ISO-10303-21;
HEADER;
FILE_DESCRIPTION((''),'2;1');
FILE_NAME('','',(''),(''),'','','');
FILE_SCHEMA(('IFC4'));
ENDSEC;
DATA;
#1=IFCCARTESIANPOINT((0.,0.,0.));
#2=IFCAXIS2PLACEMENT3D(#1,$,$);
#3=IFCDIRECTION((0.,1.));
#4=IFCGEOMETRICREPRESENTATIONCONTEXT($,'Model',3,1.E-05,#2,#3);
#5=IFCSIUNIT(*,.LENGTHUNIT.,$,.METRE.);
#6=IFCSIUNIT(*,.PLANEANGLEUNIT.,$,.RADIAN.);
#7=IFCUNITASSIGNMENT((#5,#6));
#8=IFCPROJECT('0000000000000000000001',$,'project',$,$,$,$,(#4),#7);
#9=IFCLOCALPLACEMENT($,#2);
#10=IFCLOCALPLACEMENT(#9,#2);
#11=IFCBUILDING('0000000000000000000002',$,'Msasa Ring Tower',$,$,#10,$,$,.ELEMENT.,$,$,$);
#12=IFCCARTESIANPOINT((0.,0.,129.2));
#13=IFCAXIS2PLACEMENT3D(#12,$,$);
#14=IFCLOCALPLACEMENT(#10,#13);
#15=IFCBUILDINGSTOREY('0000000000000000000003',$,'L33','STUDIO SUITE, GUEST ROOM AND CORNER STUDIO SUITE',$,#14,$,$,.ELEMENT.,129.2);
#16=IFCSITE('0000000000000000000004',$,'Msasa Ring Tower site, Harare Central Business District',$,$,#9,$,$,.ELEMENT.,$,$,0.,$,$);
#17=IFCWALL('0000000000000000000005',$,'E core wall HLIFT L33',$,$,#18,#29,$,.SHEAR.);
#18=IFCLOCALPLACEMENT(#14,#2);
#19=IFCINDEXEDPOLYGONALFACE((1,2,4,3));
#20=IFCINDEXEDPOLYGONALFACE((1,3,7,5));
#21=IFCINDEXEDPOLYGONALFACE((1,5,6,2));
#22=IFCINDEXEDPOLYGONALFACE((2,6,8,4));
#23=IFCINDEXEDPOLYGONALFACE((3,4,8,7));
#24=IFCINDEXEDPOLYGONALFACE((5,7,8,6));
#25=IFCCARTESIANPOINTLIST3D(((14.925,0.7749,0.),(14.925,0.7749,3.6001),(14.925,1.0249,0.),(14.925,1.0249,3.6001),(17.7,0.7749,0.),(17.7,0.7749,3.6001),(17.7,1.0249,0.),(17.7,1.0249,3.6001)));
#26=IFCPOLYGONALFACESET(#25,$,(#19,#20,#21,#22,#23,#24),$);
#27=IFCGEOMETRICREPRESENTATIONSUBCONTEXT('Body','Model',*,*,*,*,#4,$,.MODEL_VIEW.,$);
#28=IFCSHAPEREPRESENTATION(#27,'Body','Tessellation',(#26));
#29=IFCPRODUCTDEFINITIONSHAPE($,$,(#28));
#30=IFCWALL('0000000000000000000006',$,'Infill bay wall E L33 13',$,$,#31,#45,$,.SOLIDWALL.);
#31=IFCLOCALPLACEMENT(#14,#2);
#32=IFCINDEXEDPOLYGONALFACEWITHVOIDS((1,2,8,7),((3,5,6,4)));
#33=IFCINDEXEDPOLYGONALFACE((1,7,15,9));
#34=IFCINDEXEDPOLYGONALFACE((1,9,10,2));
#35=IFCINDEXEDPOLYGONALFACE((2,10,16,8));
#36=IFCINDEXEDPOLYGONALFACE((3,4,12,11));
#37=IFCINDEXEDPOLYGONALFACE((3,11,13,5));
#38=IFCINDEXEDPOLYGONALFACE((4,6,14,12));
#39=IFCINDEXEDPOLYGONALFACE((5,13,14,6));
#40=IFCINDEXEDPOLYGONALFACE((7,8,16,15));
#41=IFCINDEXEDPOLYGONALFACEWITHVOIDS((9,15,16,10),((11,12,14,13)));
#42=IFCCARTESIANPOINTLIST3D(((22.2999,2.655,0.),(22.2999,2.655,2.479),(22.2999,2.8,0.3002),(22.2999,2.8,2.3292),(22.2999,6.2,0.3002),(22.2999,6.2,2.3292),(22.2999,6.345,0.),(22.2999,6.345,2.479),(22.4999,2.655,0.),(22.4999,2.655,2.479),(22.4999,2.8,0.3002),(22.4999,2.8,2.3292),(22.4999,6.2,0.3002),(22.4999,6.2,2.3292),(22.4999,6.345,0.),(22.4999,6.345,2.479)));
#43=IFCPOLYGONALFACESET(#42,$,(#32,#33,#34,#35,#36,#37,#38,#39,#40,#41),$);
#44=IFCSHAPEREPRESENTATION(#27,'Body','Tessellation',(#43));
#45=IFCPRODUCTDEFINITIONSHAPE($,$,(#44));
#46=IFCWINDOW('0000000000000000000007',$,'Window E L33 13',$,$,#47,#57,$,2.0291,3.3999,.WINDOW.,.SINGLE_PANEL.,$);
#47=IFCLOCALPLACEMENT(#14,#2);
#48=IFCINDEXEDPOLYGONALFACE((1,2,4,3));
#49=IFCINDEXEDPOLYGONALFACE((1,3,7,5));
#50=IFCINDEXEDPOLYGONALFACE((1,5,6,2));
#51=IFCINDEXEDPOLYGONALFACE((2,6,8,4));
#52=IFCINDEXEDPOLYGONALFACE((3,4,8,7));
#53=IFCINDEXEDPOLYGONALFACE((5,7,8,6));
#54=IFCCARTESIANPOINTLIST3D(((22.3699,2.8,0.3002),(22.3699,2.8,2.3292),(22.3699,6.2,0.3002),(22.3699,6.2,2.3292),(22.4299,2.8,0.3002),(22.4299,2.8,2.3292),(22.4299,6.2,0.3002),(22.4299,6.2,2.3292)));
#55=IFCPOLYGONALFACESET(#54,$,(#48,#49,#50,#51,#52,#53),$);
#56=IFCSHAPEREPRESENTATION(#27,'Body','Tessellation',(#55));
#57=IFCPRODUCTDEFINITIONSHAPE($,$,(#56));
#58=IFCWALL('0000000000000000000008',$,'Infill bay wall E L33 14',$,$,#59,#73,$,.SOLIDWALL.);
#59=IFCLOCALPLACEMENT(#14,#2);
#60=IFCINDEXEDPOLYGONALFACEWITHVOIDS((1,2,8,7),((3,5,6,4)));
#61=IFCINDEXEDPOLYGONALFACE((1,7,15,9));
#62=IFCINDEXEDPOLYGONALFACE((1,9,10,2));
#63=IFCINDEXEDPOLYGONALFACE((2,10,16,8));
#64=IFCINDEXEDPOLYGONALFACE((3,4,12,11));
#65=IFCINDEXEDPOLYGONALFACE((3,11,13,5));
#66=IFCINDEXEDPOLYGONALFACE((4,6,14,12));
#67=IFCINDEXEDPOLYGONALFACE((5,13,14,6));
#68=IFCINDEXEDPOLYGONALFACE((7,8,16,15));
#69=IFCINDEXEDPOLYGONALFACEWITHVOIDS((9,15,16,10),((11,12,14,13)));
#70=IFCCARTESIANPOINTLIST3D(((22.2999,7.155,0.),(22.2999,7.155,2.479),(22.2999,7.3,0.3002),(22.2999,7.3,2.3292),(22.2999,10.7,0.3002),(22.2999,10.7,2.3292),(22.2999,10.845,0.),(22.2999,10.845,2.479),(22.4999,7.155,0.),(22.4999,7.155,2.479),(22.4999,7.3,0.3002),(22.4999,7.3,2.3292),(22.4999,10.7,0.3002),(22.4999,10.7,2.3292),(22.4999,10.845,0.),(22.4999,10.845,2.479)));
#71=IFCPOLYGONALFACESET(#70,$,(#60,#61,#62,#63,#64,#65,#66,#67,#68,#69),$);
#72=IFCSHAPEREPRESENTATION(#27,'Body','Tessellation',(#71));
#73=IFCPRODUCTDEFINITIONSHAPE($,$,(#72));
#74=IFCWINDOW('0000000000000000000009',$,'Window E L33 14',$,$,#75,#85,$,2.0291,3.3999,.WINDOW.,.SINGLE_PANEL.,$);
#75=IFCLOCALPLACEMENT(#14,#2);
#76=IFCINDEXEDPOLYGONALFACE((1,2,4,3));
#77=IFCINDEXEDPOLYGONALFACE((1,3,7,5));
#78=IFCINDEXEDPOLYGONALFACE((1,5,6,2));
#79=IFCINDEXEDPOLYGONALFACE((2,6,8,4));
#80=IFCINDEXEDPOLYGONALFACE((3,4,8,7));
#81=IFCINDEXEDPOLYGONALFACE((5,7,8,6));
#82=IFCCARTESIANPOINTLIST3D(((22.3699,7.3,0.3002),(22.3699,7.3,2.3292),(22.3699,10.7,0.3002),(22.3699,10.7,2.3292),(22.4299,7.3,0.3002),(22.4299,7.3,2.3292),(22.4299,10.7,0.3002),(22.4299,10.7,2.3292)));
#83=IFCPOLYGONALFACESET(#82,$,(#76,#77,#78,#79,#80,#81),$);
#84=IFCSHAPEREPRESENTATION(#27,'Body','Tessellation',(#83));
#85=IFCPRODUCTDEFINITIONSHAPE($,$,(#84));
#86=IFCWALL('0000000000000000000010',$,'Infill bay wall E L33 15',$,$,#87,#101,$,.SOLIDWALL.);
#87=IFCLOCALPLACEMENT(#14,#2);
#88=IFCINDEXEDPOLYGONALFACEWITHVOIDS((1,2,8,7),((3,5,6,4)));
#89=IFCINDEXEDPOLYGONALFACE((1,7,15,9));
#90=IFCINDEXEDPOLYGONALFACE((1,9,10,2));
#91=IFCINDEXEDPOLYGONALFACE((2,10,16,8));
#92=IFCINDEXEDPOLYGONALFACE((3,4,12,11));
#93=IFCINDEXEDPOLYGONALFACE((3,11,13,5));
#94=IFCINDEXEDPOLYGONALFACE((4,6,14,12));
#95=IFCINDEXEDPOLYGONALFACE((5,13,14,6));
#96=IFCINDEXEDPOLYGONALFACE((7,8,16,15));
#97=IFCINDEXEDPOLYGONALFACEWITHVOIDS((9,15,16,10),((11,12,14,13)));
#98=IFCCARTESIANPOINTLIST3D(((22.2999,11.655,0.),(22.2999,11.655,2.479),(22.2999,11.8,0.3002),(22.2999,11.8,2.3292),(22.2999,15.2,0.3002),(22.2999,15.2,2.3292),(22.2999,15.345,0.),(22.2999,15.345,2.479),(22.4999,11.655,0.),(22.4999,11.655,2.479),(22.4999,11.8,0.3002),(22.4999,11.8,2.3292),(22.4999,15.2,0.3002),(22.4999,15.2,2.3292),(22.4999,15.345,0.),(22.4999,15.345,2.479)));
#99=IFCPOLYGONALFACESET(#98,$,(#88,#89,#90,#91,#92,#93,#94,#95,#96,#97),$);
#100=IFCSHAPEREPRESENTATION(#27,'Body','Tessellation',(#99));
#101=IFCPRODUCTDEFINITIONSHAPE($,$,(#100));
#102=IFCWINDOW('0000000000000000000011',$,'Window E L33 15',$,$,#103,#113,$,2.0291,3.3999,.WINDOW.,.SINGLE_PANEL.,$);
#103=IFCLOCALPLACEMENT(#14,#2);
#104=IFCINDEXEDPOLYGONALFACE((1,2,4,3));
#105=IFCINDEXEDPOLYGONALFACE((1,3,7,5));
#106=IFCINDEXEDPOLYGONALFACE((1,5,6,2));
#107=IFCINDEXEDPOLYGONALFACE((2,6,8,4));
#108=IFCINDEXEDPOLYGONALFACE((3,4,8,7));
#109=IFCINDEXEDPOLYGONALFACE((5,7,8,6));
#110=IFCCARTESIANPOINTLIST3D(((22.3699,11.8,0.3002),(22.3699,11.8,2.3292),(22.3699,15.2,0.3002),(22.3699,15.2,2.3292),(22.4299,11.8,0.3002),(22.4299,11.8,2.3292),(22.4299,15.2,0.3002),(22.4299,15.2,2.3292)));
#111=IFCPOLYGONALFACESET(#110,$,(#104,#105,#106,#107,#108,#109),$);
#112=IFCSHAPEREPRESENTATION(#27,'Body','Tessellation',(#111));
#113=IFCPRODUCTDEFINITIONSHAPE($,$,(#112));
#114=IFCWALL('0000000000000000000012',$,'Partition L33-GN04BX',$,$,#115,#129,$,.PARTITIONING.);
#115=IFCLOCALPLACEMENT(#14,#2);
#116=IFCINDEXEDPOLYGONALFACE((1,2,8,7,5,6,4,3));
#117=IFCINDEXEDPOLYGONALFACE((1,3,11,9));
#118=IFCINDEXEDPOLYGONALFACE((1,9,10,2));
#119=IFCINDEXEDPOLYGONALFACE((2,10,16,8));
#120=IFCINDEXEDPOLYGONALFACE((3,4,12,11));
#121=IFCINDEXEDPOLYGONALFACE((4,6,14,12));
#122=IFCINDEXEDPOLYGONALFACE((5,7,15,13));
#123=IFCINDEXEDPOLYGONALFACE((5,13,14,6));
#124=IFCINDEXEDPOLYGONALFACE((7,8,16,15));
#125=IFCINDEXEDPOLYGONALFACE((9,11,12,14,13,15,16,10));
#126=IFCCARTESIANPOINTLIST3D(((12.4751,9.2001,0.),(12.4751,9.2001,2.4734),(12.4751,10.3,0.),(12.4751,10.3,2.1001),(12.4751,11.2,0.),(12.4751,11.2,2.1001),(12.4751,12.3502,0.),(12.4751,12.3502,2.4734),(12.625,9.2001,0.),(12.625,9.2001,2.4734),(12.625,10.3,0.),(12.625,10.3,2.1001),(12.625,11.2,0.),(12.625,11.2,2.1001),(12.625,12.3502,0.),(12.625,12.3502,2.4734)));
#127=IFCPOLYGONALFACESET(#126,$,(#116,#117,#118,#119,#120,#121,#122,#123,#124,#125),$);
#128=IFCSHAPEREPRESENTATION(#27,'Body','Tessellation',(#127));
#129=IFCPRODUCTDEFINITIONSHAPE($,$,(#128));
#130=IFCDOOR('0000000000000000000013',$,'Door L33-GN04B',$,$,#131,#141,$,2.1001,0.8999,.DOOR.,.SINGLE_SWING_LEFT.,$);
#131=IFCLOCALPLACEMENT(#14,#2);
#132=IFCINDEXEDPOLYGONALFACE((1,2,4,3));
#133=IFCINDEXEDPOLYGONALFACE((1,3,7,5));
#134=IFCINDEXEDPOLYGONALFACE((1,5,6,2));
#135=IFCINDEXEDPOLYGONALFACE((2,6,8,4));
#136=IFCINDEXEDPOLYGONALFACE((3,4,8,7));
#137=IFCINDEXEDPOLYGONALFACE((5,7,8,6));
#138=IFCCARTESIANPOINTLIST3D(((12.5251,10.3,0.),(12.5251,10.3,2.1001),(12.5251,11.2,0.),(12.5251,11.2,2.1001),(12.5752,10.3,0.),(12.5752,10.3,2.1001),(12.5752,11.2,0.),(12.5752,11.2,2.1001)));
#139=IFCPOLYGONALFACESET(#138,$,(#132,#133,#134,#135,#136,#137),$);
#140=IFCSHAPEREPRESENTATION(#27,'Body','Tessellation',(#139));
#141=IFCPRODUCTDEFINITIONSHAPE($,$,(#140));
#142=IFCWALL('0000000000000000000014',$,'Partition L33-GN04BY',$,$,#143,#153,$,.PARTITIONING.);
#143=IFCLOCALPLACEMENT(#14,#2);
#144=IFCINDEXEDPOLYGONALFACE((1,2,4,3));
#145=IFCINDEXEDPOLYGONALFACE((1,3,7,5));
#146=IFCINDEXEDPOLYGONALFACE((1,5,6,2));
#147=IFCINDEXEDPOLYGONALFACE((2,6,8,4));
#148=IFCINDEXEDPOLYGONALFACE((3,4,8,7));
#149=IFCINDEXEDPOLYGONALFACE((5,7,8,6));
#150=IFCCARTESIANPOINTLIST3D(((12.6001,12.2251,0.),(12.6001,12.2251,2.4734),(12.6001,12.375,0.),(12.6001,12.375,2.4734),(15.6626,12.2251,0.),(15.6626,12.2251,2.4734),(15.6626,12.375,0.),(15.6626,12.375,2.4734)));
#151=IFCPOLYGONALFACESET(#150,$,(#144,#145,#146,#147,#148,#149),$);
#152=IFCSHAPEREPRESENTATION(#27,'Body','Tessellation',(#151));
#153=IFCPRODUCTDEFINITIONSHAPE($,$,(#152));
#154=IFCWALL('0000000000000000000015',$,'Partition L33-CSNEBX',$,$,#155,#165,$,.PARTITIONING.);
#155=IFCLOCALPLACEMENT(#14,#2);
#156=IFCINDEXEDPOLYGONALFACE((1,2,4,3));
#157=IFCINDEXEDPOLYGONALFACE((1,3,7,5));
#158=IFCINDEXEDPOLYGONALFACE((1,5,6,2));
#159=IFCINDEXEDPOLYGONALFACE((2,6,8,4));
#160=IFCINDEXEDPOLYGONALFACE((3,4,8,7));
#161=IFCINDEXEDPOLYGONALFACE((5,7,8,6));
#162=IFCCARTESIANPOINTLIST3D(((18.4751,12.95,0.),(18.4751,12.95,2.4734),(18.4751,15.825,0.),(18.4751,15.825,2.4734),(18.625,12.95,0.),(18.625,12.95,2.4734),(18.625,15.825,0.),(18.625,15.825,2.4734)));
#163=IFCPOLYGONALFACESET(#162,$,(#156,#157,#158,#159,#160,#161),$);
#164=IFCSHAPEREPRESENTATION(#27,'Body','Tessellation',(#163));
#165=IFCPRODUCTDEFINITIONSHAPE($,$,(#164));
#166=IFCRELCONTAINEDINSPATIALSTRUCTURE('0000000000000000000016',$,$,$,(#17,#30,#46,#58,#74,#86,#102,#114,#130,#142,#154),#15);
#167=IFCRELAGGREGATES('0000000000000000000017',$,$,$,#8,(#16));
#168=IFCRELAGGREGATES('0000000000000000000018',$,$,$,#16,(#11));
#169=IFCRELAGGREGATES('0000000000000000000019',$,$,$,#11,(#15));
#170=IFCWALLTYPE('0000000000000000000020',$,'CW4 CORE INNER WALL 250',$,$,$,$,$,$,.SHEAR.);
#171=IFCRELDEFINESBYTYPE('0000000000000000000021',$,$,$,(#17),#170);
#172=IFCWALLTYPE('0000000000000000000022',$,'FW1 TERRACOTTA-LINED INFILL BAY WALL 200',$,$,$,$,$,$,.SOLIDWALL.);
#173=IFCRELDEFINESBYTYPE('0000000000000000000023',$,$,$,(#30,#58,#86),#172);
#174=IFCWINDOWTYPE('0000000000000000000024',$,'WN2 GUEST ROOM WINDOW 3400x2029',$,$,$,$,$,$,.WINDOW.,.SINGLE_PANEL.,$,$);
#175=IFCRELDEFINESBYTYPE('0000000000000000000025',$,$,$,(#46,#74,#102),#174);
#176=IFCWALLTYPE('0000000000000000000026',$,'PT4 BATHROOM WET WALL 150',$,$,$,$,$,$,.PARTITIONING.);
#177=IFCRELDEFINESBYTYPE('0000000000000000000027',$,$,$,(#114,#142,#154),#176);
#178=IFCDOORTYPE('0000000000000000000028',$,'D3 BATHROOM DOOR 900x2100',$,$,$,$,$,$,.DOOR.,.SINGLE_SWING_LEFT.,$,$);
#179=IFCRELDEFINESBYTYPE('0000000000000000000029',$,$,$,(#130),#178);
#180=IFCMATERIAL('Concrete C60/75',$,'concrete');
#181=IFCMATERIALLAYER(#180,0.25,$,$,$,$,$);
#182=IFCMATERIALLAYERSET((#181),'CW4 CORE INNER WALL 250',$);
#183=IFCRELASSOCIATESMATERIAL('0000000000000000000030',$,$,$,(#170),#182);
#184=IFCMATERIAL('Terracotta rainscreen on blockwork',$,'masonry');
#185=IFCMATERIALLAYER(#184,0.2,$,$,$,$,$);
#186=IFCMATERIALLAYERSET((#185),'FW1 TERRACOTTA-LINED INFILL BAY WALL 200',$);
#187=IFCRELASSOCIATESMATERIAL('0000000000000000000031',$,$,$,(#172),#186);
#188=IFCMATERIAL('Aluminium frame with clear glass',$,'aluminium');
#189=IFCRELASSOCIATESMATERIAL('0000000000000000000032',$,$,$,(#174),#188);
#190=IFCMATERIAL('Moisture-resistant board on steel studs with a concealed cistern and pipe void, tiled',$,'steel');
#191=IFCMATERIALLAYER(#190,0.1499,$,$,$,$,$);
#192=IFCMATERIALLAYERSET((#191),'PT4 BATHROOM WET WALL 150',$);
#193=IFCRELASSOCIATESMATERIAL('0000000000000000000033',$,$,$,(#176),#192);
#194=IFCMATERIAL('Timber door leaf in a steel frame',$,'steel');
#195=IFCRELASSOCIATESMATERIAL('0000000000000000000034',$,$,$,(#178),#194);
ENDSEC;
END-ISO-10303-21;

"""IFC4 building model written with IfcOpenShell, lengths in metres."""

from ifc_helpers import new_model, si_unit, direction, frame, frame_2d, origin, place, context, subcontext, project, spatial, rectangle, extrude, material, layer, layer_set, type_object, element, fill, save


model = new_model("IFC4")

# Units and contexts
model_context = context("Model", 3, precision=1e-05, world=origin(), true_north=direction((0.0, 1.0)))
body_context = subcontext(model_context, "Body", "Model", "MODEL_VIEW")
ifc_project = project(units=[si_unit("LENGTHUNIT", "METRE"), si_unit("PLANEANGLEUNIT", "RADIAN")], contexts=[model_context])

# Site, building, storey
site_placement = place(None, origin())
site = spatial("IfcSite", under=ifc_project, at=site_placement, Name="Msasa Ring Tower site, Harare Central Business District", CompositionType="ELEMENT", RefElevation=0.0)
building_placement = place(site_placement, origin())
building = spatial("IfcBuilding", under=site, at=building_placement, Name="Msasa Ring Tower", CompositionType="ELEMENT")
storey_placement = place(building_placement, frame((0.0, 0.0, 129.2)))
storey = spatial("IfcBuildingStorey", under=building, at=storey_placement, Name="L33", Description="STUDIO SUITE, GUEST ROOM AND CORNER STUDIO SUITE", CompositionType="ELEMENT", Elevation=129.2)

# Wall
ifc_material_1 = material(Name="Concrete C60/75", Category="concrete")
ifc_layer_1 = layer(ifc_material_1, 0.25)
ifc_layer_set_1 = layer_set([ifc_layer_1], Name="CW4 CORE INNER WALL 250")
wall_type_1 = type_object("IfcWallType", Name="CW4 CORE INNER WALL 250", PredefinedType="SHEAR", material=ifc_layer_set_1)
wall_1_placement = place(storey_placement, frame((14.925, 0.8999, 0.0), z_axis=(0.0, 0.0, 1.0), x_axis=(1.0, 0.0, 0.0)))
element("IfcWall", 1, at=wall_1_placement, inside=storey, type_object=wall_type_1, Name="E core wall HLIFT L33", PredefinedType="SHEAR", context=body_context, shape_type="SweptSolid", body=[
    extrude(rectangle(XDim=2.7749, YDim=0.25, at=frame_2d((1.3875, 0.0))), origin(), (0.0, 0.0, 1.0), 3.6001),
])

# Walls, openings, windows
ifc_material_2 = material(Name="Terracotta rainscreen on blockwork", Category="masonry")
ifc_layer_2 = layer(ifc_material_2, 0.2)
ifc_layer_set_2 = layer_set([ifc_layer_2], Name="FW1 TERRACOTTA-LINED INFILL BAY WALL 200")
wall_type_2 = type_object("IfcWallType", Name="FW1 TERRACOTTA-LINED INFILL BAY WALL 200", PredefinedType="SOLIDWALL", material=ifc_layer_set_2)
wall_2_placement = place(storey_placement, frame((22.3999, 2.655, 0.0), z_axis=(0.0, 0.0, 1.0), x_axis=(0.0, 1.0, 0.0)))
wall_2 = element("IfcWall", 2, at=wall_2_placement, inside=storey, type_object=wall_type_2, Name="Infill bay wall E L33 13", PredefinedType="SOLIDWALL", context=body_context, shape_type="SweptSolid", body=[
    extrude(rectangle(XDim=3.6899, YDim=0.2, at=frame_2d((1.845, 0.0))), origin(), (0.0, 0.0, 1.0), 2.479),
])
opening_1_placement = place(wall_2_placement, frame((0.145, 0.0, 0.3)))
opening_1 = element("IfcOpeningElement", 3, at=opening_1_placement, cuts=wall_2, PredefinedType="OPENING", context=body_context, shape_type="SweptSolid", body=[
    extrude(rectangle(XDim=3.3999, YDim=2.0291, at=frame_2d((1.7, 1.0146))), frame((0.0, 0.1099, 0.0), z_axis=(0.0, -1.0, 0.0), x_axis=(1.0, 0.0, 0.0)), (0.0, 0.0, 1.0), 0.22),
])
ifc_material_3 = material(Name="Aluminium frame with clear glass", Category="aluminium")
window_type = type_object("IfcWindowType", Name="WN2 GUEST ROOM WINDOW 3400x2029", PartitioningType="SINGLE_PANEL", PredefinedType="WINDOW", material=ifc_material_3)
window_1_placement = place(opening_1_placement, origin())
window_1 = element("IfcWindow", 4, at=window_1_placement, inside=storey, type_object=window_type, Name="Window E L33 13", OverallHeight=2.0291, OverallWidth=3.3999, PartitioningType="SINGLE_PANEL", PredefinedType="WINDOW", context=body_context, shape_type="SweptSolid", body=[
    extrude(rectangle(XDim=3.3999, YDim=2.0291, at=frame_2d((1.7, 1.0146))), frame((0.0, 0.03, 0.0), z_axis=(0.0, -1.0, 0.0), x_axis=(1.0, 0.0, 0.0)), (0.0, 0.0, 1.0), 0.0601),
])
fill(opening_1, window_1)
wall_3_placement = place(storey_placement, frame((22.3999, 7.155, 0.0), z_axis=(0.0, 0.0, 1.0), x_axis=(0.0, 1.0, 0.0)))
wall_3 = element("IfcWall", 5, at=wall_3_placement, inside=storey, type_object=wall_type_2, Name="Infill bay wall E L33 14", PredefinedType="SOLIDWALL", context=body_context, shape_type="SweptSolid", body=[
    extrude(rectangle(XDim=3.6899, YDim=0.2, at=frame_2d((1.845, 0.0))), origin(), (0.0, 0.0, 1.0), 2.479),
])
opening_2_placement = place(wall_3_placement, frame((0.145, 0.0, 0.3)))
opening_2 = element("IfcOpeningElement", 6, at=opening_2_placement, cuts=wall_3, PredefinedType="OPENING", context=body_context, shape_type="SweptSolid", body=[
    extrude(rectangle(XDim=3.3999, YDim=2.0291, at=frame_2d((1.7, 1.0146))), frame((0.0, 0.1099, 0.0), z_axis=(0.0, -1.0, 0.0), x_axis=(1.0, 0.0, 0.0)), (0.0, 0.0, 1.0), 0.22),
])
window_2_placement = place(opening_2_placement, origin())
window_2 = element("IfcWindow", 7, at=window_2_placement, inside=storey, type_object=window_type, Name="Window E L33 14", OverallHeight=2.0291, OverallWidth=3.3999, PartitioningType="SINGLE_PANEL", PredefinedType="WINDOW", context=body_context, shape_type="SweptSolid", body=[
    extrude(rectangle(XDim=3.3999, YDim=2.0291, at=frame_2d((1.7, 1.0146))), frame((0.0, 0.03, 0.0), z_axis=(0.0, -1.0, 0.0), x_axis=(1.0, 0.0, 0.0)), (0.0, 0.0, 1.0), 0.0601),
])
fill(opening_2, window_2)
wall_4_placement = place(storey_placement, frame((22.3999, 11.655, 0.0), z_axis=(0.0, 0.0, 1.0), x_axis=(0.0, 1.0, 0.0)))
wall_4 = element("IfcWall", 8, at=wall_4_placement, inside=storey, type_object=wall_type_2, Name="Infill bay wall E L33 15", PredefinedType="SOLIDWALL", context=body_context, shape_type="SweptSolid", body=[
    extrude(rectangle(XDim=3.6899, YDim=0.2, at=frame_2d((1.845, 0.0))), origin(), (0.0, 0.0, 1.0), 2.479),
])
opening_3_placement = place(wall_4_placement, frame((0.145, 0.0, 0.3)))
opening_3 = element("IfcOpeningElement", 9, at=opening_3_placement, cuts=wall_4, PredefinedType="OPENING", context=body_context, shape_type="SweptSolid", body=[
    extrude(rectangle(XDim=3.3999, YDim=2.0291, at=frame_2d((1.7, 1.0146))), frame((0.0, 0.1099, 0.0), z_axis=(0.0, -1.0, 0.0), x_axis=(1.0, 0.0, 0.0)), (0.0, 0.0, 1.0), 0.22),
])
window_3_placement = place(opening_3_placement, origin())
window_3 = element("IfcWindow", 10, at=window_3_placement, inside=storey, type_object=window_type, Name="Window E L33 15", OverallHeight=2.0291, OverallWidth=3.3999, PartitioningType="SINGLE_PANEL", PredefinedType="WINDOW", context=body_context, shape_type="SweptSolid", body=[
    extrude(rectangle(XDim=3.3999, YDim=2.0291, at=frame_2d((1.7, 1.0146))), frame((0.0, 0.03, 0.0), z_axis=(0.0, -1.0, 0.0), x_axis=(1.0, 0.0, 0.0)), (0.0, 0.0, 1.0), 0.0601),
])
fill(opening_3, window_3)

# Wall, opening, door
ifc_material_4 = material(Name="Moisture-resistant board on steel studs with a concealed cistern and pipe void, tiled", Category="steel")
ifc_layer_3 = layer(ifc_material_4, 0.1499)
ifc_layer_set_3 = layer_set([ifc_layer_3], Name="PT4 BATHROOM WET WALL 150")
wall_type_3 = type_object("IfcWallType", Name="PT4 BATHROOM WET WALL 150", PredefinedType="PARTITIONING", material=ifc_layer_set_3)
wall_5_placement = place(storey_placement, frame((12.55, 9.2, 0.0), z_axis=(0.0, 0.0, 1.0), x_axis=(0.0, 1.0, 0.0)))
wall_5 = element("IfcWall", 11, at=wall_5_placement, inside=storey, type_object=wall_type_3, Name="Partition L33-GN04BX", PredefinedType="PARTITIONING", context=body_context, shape_type="SweptSolid", body=[
    extrude(rectangle(XDim=3.1501, YDim=0.1499, at=frame_2d((1.5752, 0.0))), origin(), (0.0, 0.0, 1.0), 2.4734),
])
opening_4_placement = place(wall_5_placement, frame((1.1001, 0.0, 0.0)))
opening_4 = element("IfcOpeningElement", 12, at=opening_4_placement, cuts=wall_5, PredefinedType="OPENING", context=body_context, shape_type="SweptSolid", body=[
    extrude(rectangle(XDim=0.8999, YDim=2.1001, at=frame_2d((0.45, 1.05))), frame((0.0, 0.085, 0.0), z_axis=(0.0, -1.0, 0.0), x_axis=(1.0, 0.0, 0.0)), (0.0, 0.0, 1.0), 0.1699),
])
ifc_material_5 = material(Name="Timber door leaf in a steel frame", Category="steel")
door_type = type_object("IfcDoorType", Name="D3 BATHROOM DOOR 900x2100", OperationType="SINGLE_SWING_LEFT", PredefinedType="DOOR", material=ifc_material_5)
door_1_placement = place(opening_4_placement, origin())
door_1 = element("IfcDoor", 13, at=door_1_placement, inside=storey, type_object=door_type, Name="Door L33-GN04B", OperationType="SINGLE_SWING_LEFT", OverallHeight=2.1001, OverallWidth=0.8999, PredefinedType="DOOR", context=body_context, shape_type="SweptSolid", body=[
    extrude(rectangle(XDim=0.8999, YDim=2.1001, at=frame_2d((0.45, 1.05))), frame((0.0, 0.0249, 0.0), z_axis=(0.0, -1.0, 0.0), x_axis=(1.0, 0.0, 0.0)), (0.0, 0.0, 1.0), 0.05),
])
fill(opening_4, door_1)

# Walls
wall_6_placement = place(storey_placement, frame((12.6001, 12.3, 0.0), z_axis=(0.0, 0.0, 1.0), x_axis=(1.0, 0.0, 0.0)))
element("IfcWall", 14, at=wall_6_placement, inside=storey, type_object=wall_type_3, Name="Partition L33-GN04BY", PredefinedType="PARTITIONING", context=body_context, shape_type="SweptSolid", body=[
    extrude(rectangle(XDim=3.0625, YDim=0.1499, at=frame_2d((1.5312, 0.0))), origin(), (0.0, 0.0, 1.0), 2.4734),
])
wall_7_placement = place(storey_placement, frame((18.55, 12.95, 0.0), z_axis=(0.0, 0.0, 1.0), x_axis=(0.0, 1.0, 0.0)))
element("IfcWall", 15, at=wall_7_placement, inside=storey, type_object=wall_type_3, Name="Partition L33-CSNEBX", PredefinedType="PARTITIONING", context=body_context, shape_type="SweptSolid", body=[
    extrude(rectangle(XDim=2.875, YDim=0.1499, at=frame_2d((1.4375, 0.0))), origin(), (0.0, 0.0, 1.0), 2.4734),
])

save(model, "model.ifc")
